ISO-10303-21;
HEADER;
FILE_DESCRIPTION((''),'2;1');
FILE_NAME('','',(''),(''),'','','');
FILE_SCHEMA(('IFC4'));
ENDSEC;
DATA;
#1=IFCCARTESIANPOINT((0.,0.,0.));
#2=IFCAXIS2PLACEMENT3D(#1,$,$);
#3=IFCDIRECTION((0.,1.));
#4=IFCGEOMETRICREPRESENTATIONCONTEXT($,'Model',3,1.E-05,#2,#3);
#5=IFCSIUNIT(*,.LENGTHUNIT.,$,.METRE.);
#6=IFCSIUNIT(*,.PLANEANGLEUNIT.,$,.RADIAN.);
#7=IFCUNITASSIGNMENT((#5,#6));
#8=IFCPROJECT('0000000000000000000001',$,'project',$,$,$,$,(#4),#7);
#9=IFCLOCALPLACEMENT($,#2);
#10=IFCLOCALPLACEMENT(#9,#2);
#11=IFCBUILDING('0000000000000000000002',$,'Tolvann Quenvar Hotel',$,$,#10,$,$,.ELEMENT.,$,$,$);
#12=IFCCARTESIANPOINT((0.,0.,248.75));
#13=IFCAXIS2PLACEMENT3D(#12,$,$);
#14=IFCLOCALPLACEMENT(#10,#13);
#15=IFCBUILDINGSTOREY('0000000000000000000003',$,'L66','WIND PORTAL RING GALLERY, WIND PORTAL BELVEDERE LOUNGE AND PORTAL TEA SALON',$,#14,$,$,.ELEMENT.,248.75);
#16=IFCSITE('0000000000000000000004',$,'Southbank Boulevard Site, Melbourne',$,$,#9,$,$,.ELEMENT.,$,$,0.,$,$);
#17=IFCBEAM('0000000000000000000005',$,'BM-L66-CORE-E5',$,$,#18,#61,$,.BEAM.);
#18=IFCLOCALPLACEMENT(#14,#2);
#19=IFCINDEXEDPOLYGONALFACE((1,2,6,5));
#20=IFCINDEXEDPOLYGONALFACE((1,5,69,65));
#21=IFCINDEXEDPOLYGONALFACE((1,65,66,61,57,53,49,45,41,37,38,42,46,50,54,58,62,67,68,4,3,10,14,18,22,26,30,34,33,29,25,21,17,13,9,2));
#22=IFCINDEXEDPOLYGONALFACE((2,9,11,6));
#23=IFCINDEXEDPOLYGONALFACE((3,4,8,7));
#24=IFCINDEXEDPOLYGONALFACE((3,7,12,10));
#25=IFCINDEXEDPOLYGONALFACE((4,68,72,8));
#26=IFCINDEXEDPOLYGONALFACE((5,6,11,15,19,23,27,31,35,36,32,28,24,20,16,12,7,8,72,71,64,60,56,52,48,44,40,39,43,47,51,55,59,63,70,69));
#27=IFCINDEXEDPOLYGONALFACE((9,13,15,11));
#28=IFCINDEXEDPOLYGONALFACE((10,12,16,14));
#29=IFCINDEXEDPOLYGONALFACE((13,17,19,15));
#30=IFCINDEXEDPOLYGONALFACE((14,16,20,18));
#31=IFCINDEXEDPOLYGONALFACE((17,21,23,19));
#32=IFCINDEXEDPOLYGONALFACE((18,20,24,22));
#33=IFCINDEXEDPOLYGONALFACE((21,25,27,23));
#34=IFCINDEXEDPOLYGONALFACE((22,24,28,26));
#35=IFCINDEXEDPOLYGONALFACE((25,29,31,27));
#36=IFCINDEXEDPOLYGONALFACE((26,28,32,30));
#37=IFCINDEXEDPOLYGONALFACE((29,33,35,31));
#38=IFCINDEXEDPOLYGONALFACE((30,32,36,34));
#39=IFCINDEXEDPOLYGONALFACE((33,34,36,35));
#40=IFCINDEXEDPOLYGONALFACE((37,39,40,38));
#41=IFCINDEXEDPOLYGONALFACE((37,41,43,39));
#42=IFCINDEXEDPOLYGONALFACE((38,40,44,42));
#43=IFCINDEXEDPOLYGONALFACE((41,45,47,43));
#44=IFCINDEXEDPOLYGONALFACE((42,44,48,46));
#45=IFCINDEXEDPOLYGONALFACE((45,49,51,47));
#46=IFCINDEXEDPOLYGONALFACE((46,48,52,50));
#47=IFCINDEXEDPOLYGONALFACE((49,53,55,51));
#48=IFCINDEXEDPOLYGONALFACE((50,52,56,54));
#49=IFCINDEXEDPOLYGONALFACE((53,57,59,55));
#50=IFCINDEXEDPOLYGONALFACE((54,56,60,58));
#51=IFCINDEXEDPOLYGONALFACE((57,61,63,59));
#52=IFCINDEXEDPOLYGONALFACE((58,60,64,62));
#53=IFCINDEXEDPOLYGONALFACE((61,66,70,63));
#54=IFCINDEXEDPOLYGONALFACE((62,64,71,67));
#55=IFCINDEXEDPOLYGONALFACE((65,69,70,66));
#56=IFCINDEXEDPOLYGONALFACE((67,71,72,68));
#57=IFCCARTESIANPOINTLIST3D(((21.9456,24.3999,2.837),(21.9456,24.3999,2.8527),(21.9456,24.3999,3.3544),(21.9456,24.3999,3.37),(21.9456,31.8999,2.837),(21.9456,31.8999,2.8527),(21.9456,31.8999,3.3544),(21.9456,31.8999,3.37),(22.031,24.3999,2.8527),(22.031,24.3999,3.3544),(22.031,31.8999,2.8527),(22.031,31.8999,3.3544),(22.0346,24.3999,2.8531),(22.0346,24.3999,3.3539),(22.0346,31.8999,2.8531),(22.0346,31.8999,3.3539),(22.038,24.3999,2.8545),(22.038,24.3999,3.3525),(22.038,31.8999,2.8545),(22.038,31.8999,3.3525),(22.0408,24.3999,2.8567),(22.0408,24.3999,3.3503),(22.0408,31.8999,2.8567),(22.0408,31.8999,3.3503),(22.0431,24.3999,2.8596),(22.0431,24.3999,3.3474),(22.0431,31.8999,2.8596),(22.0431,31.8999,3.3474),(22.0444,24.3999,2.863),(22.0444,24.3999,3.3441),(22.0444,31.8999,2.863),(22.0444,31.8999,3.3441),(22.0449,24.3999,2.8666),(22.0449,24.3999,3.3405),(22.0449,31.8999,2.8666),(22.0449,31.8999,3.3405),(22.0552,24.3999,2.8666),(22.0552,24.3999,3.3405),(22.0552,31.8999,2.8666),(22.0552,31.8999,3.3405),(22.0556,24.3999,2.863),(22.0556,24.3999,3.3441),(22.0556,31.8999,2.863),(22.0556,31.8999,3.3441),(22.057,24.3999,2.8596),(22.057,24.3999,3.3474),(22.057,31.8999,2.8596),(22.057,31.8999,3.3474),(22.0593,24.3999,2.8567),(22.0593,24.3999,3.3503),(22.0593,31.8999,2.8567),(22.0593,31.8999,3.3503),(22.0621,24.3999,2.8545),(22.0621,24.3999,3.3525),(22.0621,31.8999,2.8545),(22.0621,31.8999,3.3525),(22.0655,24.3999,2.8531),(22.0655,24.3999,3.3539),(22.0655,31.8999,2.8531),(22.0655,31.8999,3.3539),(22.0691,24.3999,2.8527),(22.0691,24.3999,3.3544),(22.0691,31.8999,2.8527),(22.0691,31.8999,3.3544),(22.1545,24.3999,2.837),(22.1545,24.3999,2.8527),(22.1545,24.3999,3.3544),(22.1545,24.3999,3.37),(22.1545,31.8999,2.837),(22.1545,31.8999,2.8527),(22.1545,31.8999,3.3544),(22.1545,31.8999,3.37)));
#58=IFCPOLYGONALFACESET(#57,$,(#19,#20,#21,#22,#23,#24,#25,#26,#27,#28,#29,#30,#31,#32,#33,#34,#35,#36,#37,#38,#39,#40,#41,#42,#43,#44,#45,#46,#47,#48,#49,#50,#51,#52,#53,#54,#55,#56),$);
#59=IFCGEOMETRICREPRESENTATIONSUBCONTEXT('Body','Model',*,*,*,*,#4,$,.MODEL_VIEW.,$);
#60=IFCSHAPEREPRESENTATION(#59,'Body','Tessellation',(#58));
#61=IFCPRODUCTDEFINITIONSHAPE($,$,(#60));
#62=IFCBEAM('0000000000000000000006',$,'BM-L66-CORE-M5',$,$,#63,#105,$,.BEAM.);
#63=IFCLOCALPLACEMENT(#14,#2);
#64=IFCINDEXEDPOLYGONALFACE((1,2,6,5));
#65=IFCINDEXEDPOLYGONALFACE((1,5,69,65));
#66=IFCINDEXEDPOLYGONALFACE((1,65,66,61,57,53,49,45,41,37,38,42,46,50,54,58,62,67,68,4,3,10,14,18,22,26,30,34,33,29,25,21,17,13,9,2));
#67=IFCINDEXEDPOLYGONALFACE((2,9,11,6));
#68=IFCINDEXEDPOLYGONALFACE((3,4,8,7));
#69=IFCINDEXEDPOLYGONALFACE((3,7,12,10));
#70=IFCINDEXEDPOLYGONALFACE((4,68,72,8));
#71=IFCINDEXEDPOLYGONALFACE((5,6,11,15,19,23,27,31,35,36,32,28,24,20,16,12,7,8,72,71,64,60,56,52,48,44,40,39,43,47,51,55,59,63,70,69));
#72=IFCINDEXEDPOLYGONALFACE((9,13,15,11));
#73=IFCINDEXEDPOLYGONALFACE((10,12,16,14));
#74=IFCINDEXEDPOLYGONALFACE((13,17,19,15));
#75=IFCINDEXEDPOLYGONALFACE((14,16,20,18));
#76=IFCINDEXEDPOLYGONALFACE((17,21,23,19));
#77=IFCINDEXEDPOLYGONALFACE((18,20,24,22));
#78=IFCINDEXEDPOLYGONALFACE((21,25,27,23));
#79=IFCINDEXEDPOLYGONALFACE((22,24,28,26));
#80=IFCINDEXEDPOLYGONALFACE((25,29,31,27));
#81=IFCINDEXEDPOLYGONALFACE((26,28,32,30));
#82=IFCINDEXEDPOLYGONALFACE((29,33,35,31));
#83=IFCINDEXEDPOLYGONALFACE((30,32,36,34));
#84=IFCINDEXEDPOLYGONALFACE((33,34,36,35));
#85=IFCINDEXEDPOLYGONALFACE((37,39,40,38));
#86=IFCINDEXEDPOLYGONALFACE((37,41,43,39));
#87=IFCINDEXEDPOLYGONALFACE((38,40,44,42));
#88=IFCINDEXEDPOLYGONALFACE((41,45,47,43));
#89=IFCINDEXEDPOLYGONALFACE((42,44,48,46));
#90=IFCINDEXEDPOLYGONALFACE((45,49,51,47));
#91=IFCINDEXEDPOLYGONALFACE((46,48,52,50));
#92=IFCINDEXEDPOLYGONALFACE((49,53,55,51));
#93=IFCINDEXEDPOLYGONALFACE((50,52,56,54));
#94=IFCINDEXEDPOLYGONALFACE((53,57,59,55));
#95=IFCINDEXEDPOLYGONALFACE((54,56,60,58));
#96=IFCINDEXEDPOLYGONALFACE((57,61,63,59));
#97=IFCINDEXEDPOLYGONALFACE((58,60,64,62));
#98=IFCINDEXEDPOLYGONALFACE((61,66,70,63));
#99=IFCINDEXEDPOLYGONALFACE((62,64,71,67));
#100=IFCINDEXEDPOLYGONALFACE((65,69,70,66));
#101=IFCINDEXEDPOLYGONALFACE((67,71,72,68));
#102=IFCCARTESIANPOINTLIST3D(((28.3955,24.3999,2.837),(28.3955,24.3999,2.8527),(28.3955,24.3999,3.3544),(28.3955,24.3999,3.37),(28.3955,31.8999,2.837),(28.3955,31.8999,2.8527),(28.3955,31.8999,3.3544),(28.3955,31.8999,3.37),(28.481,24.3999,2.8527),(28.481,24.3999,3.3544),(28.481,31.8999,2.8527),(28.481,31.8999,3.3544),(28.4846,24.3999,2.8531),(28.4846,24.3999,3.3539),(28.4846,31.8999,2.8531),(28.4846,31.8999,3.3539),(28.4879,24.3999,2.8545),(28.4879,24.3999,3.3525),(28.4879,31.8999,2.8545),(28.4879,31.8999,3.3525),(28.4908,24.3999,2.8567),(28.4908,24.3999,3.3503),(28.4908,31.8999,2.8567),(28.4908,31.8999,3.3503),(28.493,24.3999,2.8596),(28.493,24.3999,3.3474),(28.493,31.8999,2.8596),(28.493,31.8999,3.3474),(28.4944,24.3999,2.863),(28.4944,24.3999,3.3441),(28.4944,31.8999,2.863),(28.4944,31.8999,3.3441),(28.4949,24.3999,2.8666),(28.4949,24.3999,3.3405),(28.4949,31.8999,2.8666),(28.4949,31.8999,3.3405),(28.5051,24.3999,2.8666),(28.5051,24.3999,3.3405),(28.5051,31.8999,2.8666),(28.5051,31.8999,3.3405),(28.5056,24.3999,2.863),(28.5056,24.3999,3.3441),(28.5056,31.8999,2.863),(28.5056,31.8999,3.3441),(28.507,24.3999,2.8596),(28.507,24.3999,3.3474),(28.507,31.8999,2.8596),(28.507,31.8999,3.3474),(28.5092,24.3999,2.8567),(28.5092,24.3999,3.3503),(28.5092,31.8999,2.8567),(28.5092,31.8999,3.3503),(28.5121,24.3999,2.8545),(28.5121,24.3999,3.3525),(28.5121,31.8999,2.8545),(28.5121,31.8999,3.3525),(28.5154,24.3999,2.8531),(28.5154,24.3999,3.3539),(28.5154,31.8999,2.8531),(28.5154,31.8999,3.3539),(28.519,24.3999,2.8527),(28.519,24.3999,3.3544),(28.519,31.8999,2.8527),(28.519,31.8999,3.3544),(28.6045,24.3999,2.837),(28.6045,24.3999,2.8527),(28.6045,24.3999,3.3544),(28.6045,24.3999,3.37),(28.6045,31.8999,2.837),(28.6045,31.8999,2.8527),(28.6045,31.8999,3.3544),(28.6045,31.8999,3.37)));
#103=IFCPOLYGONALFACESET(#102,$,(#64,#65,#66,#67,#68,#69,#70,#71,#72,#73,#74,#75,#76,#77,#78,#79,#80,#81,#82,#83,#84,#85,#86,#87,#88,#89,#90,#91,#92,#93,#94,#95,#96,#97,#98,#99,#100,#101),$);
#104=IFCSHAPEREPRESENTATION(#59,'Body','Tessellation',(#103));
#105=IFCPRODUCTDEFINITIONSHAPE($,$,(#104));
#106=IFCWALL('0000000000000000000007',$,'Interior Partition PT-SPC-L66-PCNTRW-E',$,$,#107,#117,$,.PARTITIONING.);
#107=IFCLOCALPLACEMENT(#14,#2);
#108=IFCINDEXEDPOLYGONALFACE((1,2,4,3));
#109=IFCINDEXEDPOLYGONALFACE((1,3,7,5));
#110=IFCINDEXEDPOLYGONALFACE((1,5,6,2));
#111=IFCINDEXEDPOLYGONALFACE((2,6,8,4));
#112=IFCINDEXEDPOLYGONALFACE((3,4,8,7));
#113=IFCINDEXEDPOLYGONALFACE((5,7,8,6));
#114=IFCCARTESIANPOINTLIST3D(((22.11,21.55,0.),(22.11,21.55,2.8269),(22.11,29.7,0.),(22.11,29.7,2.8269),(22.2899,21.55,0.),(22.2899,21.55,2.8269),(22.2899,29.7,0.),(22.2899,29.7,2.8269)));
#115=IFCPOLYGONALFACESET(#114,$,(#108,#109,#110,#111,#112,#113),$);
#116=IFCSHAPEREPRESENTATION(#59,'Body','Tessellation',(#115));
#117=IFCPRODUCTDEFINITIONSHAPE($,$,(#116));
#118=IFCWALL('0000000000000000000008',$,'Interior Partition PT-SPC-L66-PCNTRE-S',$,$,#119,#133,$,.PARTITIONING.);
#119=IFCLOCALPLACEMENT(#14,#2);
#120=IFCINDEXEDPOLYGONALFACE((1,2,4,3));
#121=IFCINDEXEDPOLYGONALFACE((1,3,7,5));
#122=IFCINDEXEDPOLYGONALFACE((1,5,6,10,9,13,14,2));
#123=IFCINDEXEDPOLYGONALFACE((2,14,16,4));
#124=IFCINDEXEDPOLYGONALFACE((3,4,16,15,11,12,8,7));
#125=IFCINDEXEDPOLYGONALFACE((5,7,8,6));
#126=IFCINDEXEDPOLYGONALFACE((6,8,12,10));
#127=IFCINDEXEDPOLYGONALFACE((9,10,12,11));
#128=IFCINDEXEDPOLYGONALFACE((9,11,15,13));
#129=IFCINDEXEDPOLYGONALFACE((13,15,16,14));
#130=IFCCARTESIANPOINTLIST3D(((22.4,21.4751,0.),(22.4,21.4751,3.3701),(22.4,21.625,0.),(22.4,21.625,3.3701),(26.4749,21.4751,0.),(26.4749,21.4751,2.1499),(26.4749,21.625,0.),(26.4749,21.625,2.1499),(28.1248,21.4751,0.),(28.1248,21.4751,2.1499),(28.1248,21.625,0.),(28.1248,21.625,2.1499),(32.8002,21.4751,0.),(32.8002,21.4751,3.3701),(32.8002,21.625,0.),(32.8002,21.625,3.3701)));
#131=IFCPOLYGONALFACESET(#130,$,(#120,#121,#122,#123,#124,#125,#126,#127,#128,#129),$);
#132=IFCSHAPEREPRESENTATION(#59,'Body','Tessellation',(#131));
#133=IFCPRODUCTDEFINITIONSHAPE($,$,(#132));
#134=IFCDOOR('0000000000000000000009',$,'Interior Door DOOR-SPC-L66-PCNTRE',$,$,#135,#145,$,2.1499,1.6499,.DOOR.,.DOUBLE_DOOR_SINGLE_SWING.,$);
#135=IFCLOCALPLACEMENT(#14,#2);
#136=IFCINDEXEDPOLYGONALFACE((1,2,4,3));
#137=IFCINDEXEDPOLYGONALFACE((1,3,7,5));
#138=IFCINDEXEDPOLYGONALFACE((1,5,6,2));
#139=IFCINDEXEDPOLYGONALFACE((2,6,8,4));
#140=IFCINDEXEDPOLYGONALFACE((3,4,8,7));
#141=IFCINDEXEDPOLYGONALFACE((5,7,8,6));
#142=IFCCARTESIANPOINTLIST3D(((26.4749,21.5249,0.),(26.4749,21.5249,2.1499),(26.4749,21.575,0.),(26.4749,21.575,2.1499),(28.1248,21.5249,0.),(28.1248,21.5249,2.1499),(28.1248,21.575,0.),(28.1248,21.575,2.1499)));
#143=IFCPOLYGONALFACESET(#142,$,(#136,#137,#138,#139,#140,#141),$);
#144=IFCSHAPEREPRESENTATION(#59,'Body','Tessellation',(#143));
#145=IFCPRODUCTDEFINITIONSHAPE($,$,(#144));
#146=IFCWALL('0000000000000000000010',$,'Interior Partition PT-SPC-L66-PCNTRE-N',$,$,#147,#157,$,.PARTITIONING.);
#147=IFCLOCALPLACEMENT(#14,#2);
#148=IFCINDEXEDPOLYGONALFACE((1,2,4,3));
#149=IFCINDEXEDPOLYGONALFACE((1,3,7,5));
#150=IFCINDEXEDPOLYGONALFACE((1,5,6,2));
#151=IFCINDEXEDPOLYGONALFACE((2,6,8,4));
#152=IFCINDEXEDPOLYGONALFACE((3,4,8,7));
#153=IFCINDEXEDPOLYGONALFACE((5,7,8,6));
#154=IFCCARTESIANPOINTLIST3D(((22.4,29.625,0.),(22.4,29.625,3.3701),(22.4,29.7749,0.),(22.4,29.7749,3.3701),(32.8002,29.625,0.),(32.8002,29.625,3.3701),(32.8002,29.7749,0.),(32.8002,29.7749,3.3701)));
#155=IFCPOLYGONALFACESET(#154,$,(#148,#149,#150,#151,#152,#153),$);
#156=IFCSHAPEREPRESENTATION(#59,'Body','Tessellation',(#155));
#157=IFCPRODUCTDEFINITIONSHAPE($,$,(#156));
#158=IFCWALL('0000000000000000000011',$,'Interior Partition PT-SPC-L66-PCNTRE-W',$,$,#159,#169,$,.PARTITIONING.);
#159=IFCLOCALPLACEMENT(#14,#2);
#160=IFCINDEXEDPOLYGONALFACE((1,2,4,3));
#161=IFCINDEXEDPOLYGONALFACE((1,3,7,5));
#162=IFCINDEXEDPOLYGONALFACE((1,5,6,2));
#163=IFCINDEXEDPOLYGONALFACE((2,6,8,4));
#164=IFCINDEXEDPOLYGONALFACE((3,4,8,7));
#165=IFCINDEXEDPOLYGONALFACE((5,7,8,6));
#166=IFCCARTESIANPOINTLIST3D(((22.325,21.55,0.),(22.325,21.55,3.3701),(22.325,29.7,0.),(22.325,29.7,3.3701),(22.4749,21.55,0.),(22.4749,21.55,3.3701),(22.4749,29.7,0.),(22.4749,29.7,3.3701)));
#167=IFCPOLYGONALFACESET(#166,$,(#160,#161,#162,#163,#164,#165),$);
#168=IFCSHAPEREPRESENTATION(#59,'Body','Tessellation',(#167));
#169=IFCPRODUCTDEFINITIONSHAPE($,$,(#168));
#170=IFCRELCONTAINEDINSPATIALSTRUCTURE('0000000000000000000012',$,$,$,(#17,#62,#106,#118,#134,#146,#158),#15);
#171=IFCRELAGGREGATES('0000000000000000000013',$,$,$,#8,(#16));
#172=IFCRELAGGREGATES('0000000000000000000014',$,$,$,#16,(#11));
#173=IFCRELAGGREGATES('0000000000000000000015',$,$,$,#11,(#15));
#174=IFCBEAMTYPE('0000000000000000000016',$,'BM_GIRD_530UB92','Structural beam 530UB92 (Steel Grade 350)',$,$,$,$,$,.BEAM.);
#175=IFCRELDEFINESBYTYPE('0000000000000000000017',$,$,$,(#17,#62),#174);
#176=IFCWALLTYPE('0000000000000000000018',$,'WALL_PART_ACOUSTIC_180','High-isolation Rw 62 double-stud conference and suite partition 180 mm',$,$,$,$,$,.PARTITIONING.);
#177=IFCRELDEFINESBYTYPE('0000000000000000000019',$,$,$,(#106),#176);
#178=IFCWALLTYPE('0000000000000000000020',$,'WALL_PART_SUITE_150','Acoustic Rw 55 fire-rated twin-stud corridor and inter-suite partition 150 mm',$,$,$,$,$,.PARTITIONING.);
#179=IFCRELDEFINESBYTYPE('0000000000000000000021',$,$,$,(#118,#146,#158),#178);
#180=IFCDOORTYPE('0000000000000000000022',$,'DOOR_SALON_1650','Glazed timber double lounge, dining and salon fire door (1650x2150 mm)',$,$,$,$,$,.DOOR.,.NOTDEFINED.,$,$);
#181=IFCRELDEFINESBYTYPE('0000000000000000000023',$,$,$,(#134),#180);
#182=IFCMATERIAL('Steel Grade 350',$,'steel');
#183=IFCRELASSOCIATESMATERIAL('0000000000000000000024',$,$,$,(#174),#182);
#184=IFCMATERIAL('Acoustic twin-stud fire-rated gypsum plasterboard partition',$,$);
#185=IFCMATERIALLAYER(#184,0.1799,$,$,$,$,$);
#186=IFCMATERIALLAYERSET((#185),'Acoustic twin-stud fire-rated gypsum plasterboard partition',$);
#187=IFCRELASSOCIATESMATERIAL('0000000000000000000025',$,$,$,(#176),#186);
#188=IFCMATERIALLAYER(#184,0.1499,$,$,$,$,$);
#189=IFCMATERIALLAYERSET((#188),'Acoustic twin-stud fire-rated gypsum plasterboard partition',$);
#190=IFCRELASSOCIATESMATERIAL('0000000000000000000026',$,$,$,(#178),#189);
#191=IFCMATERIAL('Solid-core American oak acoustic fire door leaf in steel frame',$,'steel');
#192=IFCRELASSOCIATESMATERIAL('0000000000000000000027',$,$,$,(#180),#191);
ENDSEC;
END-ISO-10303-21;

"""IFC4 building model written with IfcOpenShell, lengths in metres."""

from ifc_helpers import new_model, si_unit, direction, frame, frame_2d, origin, origin_2d, place, context, subcontext, project, spatial, rectangle, i_section, extrude, source, transform, mapped, material, layer, layer_set, material_profile, profile_set, type_object, type_shapes, element, fill, save


model = new_model("IFC4")

# Units and contexts
model_context = context("Model", 3, precision=1e-05, world=origin(), true_north=direction((0.0, 1.0)))
body_context = subcontext(model_context, "Body", "Model", "MODEL_VIEW")
ifc_project = project(units=[si_unit("LENGTHUNIT", "METRE"), si_unit("PLANEANGLEUNIT", "RADIAN")], contexts=[model_context])

# Site, building, storey
site_placement = place(None, origin())
site = spatial("IfcSite", under=ifc_project, at=site_placement, Name="Southbank Boulevard Site, Melbourne", CompositionType="ELEMENT", RefElevation=0.0)
building_placement = place(site_placement, origin())
building = spatial("IfcBuilding", under=site, at=building_placement, Name="Tolvann Quenvar Hotel", CompositionType="ELEMENT")
storey_placement = place(building_placement, frame((0.0, 0.0, 248.75)))
storey = spatial("IfcBuildingStorey", under=building, at=storey_placement, Name="L66", Description="WIND PORTAL RING GALLERY, WIND PORTAL BELVEDERE LOUNGE AND PORTAL TEA SALON", CompositionType="ELEMENT", Elevation=248.75)

# Shared definitions
ifc_material_1 = material(Name="Steel Grade 350", Category="steel")

# Beams
ifc_material_profile_1 = material_profile(ifc_material_1, i_section(OverallWidth=0.209, OverallDepth=0.533, WebThickness=0.0103, FlangeThickness=0.0156, FilletRadius=0.0139, at=origin_2d()), Name="530UB92")
ifc_profile_set_1 = profile_set([ifc_material_profile_1], Name="Steel Grade 350")
beam_type_1 = type_object("IfcBeamType", Name="BM_GIRD_530UB92", Description="Structural beam 530UB92 (Steel Grade 350)", PredefinedType="BEAM", material=ifc_profile_set_1)
shared_shape_1 = source(origin(), body_context, "Body", "SweptSolid", [
    extrude(i_section(OverallWidth=0.209, OverallDepth=0.533, WebThickness=0.0103, FlangeThickness=0.0156, FilletRadius=0.0139, at=origin_2d()), origin(), (0.0, 0.0, 1.0), 7.5),
])
for number, where, z_axis, x_axis, name in (
    (1, (22.05, 24.3999, 3.1035), (0.0, 1.0, 0.0), (-1.0, 0.0, 0.0), "BM-L66-CORE-E5"),
    (2, (28.5, 24.3999, 3.1035), (0.0, 1.0, 0.0), (-1.0, 0.0, 0.0), "BM-L66-CORE-M5"),
):
    element("IfcBeam", number, at=place(storey_placement, frame(where, z_axis=z_axis, x_axis=x_axis)), inside=storey, type_object=beam_type_1, Name=name, PredefinedType="BEAM", context=body_context, shape_type="MappedRepresentation", body=[
        mapped(shared_shape_1, transform((0.0, 0.0, 0.0), x_axis=(1.0, 0.0, 0.0), y_axis=(0.0, 1.0, 0.0), z_axis=(0.0, 0.0, 1.0), scale=1.0)),
    ])

# Wall
ifc_material_2 = material(Name="Acoustic twin-stud fire-rated gypsum plasterboard partition")
ifc_layer_1 = layer(ifc_material_2, 0.1799)
ifc_layer_set_1 = layer_set([ifc_layer_1], Name="Acoustic twin-stud fire-rated gypsum plasterboard partition")
wall_type_1 = type_object("IfcWallType", Name="WALL_PART_ACOUSTIC_180", Description="High-isolation Rw 62 double-stud conference and suite partition 180 mm", PredefinedType="PARTITIONING", material=ifc_layer_set_1)
wall_1_placement = place(storey_placement, frame((22.2, 21.55, 0.0), z_axis=(0.0, 0.0, 1.0), x_axis=(0.0, 1.0, 0.0)))
element("IfcWall", 3, at=wall_1_placement, inside=storey, type_object=wall_type_1, Name="Interior Partition PT-SPC-L66-PCNTRW-E", PredefinedType="PARTITIONING", context=body_context, shape_type="SweptSolid", body=[
    extrude(rectangle(XDim=8.1499, YDim=0.1799, at=frame_2d((4.075, 0.0))), origin(), (0.0, 0.0, 1.0), 2.8269),
])

# Wall, opening, door
ifc_layer_2 = layer(ifc_material_2, 0.1499)
ifc_layer_set_2 = layer_set([ifc_layer_2], Name="Acoustic twin-stud fire-rated gypsum plasterboard partition")
wall_type_2 = type_object("IfcWallType", Name="WALL_PART_SUITE_150", Description="Acoustic Rw 55 fire-rated twin-stud corridor and inter-suite partition 150 mm", PredefinedType="PARTITIONING", material=ifc_layer_set_2)
wall_2_placement = place(storey_placement, frame((22.3999, 21.55, 0.0), z_axis=(0.0, 0.0, 1.0), x_axis=(1.0, 0.0, 0.0)))
wall_2 = element("IfcWall", 4, at=wall_2_placement, inside=storey, type_object=wall_type_2, Name="Interior Partition PT-SPC-L66-PCNTRE-S", PredefinedType="PARTITIONING", context=body_context, shape_type="SweptSolid", body=[
    extrude(rectangle(XDim=10.4001, YDim=0.1499, at=frame_2d((5.2002, 0.0))), origin(), (0.0, 0.0, 1.0), 3.3701),
])
opening_placement = place(wall_2_placement, frame((4.075, 0.0, 0.0)))
opening = element("IfcOpeningElement", 5, at=opening_placement, cuts=wall_2, PredefinedType="OPENING", context=body_context, shape_type="SweptSolid", body=[
    extrude(rectangle(XDim=1.6499, YDim=2.1499, at=frame_2d((0.825, 1.075))), frame((0.0, 0.085, 0.0), z_axis=(0.0, -1.0, 0.0), x_axis=(1.0, 0.0, 0.0)), (0.0, 0.0, 1.0), 0.1699),
])
ifc_material_3 = material(Name="Solid-core American oak acoustic fire door leaf in steel frame", Category="steel")
door_type = type_object("IfcDoorType", Name="DOOR_SALON_1650", Description="Glazed timber double lounge, dining and salon fire door (1650x2150 mm)", OperationType="NOTDEFINED", PredefinedType="DOOR", material=ifc_material_3)
shared_shape_2 = source(origin(), body_context, "Body", "SweptSolid", [
    extrude(rectangle(XDim=1.6499, YDim=2.1499, at=frame_2d((0.825, 1.075))), frame((0.0, 0.0249, 0.0), z_axis=(0.0, -1.0, 0.0), x_axis=(1.0, 0.0, 0.0)), (0.0, 0.0, 1.0), 0.05),
])
type_shapes(door_type, [shared_shape_2])
door_placement = place(opening_placement, origin())
door = element("IfcDoor", 6, at=door_placement, inside=storey, type_object=door_type, Name="Interior Door DOOR-SPC-L66-PCNTRE", OperationType="DOUBLE_DOOR_SINGLE_SWING", OverallHeight=2.1499, OverallWidth=1.6499, PredefinedType="DOOR", context=body_context, shape_type="MappedRepresentation", body=[
    mapped(shared_shape_2, transform((0.0, 0.0, 0.0), x_axis=(1.0, 0.0, 0.0), y_axis=(0.0, 1.0, 0.0), z_axis=(0.0, 0.0, 1.0), scale=1.0)),
])
fill(opening, door)

# Walls
wall_3_placement = place(storey_placement, frame((22.3999, 29.7, 0.0), z_axis=(0.0, 0.0, 1.0), x_axis=(1.0, 0.0, 0.0)))
element("IfcWall", 7, at=wall_3_placement, inside=storey, type_object=wall_type_2, Name="Interior Partition PT-SPC-L66-PCNTRE-N", PredefinedType="PARTITIONING", context=body_context, shape_type="SweptSolid", body=[
    extrude(rectangle(XDim=10.4001, YDim=0.1499, at=frame_2d((5.2002, 0.0))), origin(), (0.0, 0.0, 1.0), 3.3701),
])
wall_4_placement = place(storey_placement, frame((22.3999, 21.55, 0.0), z_axis=(0.0, 0.0, 1.0), x_axis=(0.0, 1.0, 0.0)))
element("IfcWall", 8, at=wall_4_placement, inside=storey, type_object=wall_type_2, Name="Interior Partition PT-SPC-L66-PCNTRE-W", PredefinedType="PARTITIONING", context=body_context, shape_type="SweptSolid", body=[
    extrude(rectangle(XDim=8.1499, YDim=0.1499, at=frame_2d((4.075, 0.0))), origin(), (0.0, 0.0, 1.0), 3.3701),
])

save(model, "model.ifc")
